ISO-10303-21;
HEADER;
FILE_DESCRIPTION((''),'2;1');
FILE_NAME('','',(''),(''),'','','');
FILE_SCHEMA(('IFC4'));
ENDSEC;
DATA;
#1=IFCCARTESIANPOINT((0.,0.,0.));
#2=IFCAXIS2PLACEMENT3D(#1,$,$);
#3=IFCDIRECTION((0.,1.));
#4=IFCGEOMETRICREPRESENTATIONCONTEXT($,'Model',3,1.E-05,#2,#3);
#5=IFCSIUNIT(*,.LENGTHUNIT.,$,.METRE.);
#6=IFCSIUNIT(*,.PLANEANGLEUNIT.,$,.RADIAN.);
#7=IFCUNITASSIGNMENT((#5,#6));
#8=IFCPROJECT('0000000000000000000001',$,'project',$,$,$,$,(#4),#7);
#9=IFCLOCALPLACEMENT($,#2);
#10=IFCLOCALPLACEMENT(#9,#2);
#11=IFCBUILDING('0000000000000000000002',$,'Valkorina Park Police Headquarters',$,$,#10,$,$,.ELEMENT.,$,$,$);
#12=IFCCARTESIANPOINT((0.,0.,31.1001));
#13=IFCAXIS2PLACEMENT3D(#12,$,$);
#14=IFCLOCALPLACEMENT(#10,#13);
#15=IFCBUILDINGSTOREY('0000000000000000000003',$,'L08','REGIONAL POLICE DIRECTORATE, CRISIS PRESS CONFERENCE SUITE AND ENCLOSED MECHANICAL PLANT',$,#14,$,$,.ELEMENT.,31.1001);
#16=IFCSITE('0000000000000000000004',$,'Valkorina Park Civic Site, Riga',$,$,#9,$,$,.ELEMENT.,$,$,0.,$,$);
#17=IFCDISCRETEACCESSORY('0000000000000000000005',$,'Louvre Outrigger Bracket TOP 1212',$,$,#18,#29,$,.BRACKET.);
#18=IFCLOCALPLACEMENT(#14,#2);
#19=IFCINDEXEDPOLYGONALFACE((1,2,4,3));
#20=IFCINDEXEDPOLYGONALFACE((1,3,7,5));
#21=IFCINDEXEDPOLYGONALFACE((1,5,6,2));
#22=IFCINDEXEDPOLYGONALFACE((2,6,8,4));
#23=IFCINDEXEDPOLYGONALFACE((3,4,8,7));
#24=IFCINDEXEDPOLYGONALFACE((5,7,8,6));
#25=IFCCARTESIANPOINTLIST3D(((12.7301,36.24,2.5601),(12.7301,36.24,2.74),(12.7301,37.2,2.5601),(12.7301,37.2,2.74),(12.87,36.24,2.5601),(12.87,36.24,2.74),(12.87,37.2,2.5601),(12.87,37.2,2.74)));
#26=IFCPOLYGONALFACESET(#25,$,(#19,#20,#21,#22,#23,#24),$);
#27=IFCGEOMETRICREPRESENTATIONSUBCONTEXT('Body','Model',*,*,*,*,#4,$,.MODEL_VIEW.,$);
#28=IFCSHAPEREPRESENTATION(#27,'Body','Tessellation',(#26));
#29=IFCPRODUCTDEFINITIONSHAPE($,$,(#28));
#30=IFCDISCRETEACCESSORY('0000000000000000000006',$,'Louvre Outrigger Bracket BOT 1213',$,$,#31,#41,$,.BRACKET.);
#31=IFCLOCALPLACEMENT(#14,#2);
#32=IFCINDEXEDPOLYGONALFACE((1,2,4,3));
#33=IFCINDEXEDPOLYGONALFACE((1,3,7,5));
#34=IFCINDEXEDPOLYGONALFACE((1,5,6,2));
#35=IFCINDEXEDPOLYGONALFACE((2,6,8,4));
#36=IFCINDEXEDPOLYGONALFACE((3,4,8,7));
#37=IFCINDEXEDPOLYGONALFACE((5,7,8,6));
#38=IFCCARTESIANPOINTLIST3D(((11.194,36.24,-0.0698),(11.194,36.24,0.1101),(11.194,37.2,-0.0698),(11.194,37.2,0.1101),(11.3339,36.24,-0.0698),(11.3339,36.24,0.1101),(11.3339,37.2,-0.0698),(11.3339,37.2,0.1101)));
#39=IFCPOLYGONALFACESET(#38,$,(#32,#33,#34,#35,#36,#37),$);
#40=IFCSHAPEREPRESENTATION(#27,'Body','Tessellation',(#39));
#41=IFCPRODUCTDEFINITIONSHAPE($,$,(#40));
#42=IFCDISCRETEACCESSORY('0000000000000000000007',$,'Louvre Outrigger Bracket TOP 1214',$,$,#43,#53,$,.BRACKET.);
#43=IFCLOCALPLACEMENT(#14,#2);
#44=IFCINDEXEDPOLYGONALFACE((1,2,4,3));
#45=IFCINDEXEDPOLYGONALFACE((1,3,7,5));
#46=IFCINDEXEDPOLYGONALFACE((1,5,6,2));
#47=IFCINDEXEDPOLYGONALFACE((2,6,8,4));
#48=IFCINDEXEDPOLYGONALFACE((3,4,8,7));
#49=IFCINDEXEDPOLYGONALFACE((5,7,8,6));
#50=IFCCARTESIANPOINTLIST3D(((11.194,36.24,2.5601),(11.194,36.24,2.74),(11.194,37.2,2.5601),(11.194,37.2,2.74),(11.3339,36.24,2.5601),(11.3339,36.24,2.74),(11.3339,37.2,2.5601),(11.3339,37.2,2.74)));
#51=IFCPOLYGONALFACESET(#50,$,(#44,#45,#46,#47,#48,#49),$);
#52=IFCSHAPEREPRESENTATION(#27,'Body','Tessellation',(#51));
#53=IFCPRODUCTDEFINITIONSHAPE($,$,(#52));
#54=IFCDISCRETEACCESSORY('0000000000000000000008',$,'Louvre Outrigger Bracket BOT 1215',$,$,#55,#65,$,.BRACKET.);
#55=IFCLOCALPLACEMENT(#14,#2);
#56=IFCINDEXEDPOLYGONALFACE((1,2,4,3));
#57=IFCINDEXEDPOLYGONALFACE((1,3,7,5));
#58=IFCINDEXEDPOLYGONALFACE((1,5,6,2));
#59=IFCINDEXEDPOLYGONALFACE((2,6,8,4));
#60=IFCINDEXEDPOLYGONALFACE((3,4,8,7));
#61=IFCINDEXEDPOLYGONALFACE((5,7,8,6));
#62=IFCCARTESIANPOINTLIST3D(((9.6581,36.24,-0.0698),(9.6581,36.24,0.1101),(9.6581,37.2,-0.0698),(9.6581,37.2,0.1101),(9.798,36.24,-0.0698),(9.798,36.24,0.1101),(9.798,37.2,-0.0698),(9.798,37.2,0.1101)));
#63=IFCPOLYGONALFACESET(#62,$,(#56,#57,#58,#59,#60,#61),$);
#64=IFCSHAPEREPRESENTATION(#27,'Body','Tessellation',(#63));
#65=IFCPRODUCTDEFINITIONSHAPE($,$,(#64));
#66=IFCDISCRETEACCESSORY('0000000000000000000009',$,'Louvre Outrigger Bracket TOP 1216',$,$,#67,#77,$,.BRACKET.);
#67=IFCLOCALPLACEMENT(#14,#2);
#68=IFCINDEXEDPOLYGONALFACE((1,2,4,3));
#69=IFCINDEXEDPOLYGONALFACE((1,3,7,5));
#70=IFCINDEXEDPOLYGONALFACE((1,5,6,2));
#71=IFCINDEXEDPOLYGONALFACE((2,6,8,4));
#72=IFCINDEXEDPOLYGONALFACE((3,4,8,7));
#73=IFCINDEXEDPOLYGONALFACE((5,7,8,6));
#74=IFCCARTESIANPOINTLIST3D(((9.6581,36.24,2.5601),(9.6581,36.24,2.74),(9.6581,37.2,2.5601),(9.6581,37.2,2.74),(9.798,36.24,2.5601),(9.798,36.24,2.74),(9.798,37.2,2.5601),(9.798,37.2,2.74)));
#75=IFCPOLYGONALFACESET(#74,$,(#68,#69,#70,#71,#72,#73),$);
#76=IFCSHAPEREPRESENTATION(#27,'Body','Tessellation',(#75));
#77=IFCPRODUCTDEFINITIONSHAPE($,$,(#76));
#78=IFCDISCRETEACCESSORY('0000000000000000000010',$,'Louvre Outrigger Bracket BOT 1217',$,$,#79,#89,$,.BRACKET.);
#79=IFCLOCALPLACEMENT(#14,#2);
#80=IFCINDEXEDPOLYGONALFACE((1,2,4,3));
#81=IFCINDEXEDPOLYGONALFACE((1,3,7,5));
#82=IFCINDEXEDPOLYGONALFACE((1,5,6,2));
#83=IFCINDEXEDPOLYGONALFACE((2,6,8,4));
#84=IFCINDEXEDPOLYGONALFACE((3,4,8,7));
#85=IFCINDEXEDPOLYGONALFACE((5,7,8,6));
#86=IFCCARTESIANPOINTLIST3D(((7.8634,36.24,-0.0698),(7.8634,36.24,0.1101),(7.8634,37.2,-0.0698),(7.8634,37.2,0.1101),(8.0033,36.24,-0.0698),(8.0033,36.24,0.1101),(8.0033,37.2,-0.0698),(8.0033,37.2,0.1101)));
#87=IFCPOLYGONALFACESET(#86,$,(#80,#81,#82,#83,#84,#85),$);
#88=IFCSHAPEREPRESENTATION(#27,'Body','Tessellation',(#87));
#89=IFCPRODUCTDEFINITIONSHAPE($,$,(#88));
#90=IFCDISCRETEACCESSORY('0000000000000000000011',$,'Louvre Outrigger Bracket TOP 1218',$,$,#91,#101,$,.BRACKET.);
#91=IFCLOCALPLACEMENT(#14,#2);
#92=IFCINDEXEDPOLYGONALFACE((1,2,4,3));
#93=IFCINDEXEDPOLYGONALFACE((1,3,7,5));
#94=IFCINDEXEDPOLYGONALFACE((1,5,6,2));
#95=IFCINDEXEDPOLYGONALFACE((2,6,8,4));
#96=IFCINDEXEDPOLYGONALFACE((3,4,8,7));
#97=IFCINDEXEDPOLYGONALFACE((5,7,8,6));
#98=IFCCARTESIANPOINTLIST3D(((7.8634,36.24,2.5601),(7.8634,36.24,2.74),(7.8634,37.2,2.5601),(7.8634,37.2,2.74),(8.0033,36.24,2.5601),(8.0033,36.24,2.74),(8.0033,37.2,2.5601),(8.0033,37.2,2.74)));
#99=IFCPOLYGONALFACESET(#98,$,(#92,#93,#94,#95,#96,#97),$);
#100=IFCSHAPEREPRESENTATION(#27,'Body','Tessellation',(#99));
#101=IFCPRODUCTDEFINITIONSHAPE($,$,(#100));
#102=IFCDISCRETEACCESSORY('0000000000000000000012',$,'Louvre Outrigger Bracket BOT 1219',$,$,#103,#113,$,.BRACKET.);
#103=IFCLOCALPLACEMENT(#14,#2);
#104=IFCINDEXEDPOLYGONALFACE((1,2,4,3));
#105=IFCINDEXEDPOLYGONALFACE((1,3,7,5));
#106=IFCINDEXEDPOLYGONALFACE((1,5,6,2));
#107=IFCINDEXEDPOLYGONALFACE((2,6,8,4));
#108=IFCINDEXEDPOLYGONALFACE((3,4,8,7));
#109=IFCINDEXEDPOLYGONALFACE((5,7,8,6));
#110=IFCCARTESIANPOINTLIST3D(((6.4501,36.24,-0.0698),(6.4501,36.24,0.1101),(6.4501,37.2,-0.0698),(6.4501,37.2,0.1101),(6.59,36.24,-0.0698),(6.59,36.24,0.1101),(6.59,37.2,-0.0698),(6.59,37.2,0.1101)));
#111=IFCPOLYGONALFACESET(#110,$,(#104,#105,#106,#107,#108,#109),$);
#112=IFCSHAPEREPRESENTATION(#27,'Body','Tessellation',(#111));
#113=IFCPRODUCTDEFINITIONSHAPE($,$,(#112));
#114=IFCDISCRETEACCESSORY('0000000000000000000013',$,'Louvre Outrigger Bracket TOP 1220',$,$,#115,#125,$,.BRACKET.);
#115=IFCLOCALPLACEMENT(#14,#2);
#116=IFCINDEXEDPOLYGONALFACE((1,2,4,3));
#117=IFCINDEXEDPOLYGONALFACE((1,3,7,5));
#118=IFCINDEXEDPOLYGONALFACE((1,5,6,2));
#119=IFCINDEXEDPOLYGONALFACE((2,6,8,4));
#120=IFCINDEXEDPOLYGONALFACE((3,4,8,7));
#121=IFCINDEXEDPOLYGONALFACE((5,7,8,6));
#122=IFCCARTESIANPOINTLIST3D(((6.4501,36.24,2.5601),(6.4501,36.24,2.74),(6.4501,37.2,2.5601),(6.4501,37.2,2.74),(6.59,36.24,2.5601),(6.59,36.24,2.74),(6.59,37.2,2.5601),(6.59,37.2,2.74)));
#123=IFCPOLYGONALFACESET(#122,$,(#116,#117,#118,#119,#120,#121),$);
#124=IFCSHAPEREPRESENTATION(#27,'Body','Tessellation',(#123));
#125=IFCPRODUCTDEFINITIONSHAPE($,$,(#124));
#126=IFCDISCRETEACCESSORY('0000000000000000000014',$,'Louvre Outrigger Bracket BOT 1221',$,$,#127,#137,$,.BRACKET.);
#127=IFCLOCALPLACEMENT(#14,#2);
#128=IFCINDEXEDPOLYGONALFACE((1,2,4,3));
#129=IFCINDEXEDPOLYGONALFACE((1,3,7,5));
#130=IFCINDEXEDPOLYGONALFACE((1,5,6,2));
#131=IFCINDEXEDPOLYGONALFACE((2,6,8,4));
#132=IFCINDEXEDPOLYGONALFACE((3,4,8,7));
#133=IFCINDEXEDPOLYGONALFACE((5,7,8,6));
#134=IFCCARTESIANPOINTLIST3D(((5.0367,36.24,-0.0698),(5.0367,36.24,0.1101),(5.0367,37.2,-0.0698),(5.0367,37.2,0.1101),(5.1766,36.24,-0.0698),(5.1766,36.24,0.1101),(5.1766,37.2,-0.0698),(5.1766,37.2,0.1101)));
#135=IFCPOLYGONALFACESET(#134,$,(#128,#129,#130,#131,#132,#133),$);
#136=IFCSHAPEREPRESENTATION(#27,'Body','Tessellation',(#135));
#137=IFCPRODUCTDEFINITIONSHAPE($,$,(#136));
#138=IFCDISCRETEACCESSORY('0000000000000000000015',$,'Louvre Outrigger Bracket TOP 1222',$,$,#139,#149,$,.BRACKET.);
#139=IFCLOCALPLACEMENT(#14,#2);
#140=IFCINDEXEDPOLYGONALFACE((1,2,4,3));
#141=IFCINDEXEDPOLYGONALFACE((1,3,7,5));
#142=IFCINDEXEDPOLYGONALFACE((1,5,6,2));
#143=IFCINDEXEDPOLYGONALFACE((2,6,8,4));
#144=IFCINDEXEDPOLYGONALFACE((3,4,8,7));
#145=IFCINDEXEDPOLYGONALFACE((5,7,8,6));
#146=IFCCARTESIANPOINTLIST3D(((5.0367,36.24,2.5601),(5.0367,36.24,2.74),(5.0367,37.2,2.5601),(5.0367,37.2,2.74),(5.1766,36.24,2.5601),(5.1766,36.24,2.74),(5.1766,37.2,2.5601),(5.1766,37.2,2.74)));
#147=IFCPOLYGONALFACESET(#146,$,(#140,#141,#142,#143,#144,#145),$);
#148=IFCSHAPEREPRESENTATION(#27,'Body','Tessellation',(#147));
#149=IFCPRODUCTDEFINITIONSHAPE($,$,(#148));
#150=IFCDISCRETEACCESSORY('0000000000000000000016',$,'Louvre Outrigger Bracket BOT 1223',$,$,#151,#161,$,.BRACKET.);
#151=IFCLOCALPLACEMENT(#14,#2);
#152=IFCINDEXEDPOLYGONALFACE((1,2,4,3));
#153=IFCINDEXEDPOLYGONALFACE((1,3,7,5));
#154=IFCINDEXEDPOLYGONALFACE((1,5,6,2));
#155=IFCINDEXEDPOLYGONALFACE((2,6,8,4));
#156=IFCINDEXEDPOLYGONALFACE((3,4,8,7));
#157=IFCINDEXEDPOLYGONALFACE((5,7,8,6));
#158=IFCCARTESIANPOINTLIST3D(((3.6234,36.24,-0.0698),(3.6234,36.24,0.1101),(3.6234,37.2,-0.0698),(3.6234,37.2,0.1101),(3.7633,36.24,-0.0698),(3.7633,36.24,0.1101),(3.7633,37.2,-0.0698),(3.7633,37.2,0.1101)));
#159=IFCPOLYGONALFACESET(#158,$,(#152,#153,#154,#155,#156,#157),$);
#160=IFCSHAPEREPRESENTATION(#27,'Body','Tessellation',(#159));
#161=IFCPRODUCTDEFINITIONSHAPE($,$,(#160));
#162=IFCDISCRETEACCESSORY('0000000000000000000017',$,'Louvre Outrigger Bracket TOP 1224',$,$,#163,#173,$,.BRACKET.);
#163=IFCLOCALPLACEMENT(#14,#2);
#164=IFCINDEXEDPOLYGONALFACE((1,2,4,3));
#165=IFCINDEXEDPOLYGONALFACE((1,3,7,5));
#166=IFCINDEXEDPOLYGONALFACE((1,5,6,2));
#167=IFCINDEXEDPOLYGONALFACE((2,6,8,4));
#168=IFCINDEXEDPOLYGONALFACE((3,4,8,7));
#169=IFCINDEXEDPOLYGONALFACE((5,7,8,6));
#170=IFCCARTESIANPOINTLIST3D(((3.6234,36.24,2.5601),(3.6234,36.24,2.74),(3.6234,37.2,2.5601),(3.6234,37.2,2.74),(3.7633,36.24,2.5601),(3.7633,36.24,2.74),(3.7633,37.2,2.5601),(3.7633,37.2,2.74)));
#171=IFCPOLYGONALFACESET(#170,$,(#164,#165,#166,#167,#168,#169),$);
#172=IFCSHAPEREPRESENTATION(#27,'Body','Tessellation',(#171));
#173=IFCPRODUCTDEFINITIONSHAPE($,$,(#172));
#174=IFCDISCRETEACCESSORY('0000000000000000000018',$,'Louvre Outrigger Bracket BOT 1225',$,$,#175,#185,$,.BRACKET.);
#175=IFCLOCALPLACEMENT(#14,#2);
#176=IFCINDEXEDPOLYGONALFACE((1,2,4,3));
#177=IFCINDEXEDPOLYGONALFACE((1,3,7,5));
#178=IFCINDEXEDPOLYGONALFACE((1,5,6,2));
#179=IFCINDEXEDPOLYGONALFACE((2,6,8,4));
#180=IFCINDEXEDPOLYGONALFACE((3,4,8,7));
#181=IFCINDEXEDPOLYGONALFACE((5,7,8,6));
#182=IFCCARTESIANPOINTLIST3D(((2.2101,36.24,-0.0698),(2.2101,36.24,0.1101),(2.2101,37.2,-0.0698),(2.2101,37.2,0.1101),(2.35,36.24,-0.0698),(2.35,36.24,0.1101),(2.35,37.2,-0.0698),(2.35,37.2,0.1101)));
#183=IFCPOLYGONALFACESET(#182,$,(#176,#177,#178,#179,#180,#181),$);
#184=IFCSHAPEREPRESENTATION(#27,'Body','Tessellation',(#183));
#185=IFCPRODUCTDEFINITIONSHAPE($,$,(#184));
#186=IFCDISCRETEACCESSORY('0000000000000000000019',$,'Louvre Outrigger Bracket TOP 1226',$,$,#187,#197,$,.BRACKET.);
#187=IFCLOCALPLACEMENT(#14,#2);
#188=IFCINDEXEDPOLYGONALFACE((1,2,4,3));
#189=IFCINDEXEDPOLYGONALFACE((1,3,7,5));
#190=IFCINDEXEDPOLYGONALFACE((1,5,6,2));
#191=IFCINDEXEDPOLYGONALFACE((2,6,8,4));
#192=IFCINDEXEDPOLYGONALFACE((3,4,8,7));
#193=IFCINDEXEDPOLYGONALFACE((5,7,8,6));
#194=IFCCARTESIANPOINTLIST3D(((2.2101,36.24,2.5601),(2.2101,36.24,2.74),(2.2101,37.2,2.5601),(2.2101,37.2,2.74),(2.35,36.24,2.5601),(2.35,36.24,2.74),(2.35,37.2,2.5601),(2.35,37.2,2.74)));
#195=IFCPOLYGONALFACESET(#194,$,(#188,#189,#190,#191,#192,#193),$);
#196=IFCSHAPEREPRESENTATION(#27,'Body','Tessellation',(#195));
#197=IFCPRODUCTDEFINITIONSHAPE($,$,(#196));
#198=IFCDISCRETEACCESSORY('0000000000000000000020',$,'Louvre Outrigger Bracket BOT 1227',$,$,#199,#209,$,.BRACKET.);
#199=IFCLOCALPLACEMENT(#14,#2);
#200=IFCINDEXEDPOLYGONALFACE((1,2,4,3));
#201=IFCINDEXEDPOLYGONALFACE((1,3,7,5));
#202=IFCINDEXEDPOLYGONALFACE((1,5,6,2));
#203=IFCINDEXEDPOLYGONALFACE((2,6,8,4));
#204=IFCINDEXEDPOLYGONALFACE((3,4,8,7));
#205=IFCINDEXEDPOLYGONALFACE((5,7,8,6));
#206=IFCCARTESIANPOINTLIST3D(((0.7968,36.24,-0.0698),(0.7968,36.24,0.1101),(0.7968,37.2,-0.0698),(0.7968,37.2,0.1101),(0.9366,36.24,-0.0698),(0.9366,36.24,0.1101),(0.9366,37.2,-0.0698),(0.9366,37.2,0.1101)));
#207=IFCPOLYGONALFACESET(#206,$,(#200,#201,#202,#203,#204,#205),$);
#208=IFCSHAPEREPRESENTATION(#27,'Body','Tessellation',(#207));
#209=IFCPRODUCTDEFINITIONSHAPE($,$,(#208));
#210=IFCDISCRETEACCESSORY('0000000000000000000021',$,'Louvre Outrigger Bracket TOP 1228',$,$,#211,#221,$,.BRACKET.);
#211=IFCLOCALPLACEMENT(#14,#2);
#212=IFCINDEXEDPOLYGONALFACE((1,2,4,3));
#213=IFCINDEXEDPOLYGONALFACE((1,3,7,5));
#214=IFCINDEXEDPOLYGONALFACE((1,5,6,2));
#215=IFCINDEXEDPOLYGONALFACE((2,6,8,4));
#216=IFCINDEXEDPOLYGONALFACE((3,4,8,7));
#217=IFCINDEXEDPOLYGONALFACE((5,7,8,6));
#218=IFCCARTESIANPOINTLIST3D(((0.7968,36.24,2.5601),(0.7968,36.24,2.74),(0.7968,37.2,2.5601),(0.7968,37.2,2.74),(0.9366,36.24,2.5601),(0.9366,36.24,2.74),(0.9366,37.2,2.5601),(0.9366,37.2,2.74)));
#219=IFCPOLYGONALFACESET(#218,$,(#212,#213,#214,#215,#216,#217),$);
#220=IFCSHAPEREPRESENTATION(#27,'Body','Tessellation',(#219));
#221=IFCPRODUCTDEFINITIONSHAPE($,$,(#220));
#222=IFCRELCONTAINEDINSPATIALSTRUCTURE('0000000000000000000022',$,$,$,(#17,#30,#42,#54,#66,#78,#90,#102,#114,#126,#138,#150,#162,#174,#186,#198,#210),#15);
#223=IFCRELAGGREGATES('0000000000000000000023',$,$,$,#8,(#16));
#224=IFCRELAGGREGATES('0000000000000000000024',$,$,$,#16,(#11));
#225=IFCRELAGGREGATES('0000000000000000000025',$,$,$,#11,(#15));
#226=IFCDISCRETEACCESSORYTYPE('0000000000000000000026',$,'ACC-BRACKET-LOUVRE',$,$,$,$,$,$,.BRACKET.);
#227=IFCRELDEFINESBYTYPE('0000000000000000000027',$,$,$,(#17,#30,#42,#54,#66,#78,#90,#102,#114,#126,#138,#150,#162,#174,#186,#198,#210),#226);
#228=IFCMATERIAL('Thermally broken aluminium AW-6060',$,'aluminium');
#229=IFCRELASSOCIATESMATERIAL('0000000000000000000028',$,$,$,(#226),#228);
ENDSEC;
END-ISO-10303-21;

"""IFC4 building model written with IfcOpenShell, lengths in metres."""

from ifc_helpers import new_model, si_unit, direction, frame, origin, origin_2d, place, context, subcontext, project, spatial, rectangle, extrude, material, type_object, element, save


model = new_model("IFC4")

# Units and contexts
model_context = context("Model", 3, precision=1e-05, world=origin(), true_north=direction((0.0, 1.0)))
body_context = subcontext(model_context, "Body", "Model", "MODEL_VIEW")
ifc_project = project(units=[si_unit("LENGTHUNIT", "METRE"), si_unit("PLANEANGLEUNIT", "RADIAN")], contexts=[model_context])

# Site, building, storey
site_placement = place(None, origin())
site = spatial("IfcSite", under=ifc_project, at=site_placement, Name="Valkorina Park Civic Site, Riga", CompositionType="ELEMENT", RefElevation=0.0)
building_placement = place(site_placement, origin())
building = spatial("IfcBuilding", under=site, at=building_placement, Name="Valkorina Park Police Headquarters", CompositionType="ELEMENT")
storey_placement = place(building_placement, frame((0.0, 0.0, 31.1001)))
storey = spatial("IfcBuildingStorey", under=building, at=storey_placement, Name="L08", Description="REGIONAL POLICE DIRECTORATE, CRISIS PRESS CONFERENCE SUITE AND ENCLOSED MECHANICAL PLANT", CompositionType="ELEMENT", Elevation=31.1001)

# Discrete accessories
ifc_material_1 = material(Name="Thermally broken aluminium AW-6060", Category="aluminium")
discrete_accessory_type = type_object("IfcDiscreteAccessoryType", Name="ACC-BRACKET-LOUVRE", PredefinedType="BRACKET", material=ifc_material_1)
for number, where, z_axis, x_axis, name in (
    (1, (12.8, 36.72, 2.5601), (0.0, 0.0, 1.0), (0.0, -1.0, 0.0), "Louvre Outrigger Bracket TOP 1212"),
    (2, (11.2639, 36.72, -0.0698), (0.0, 0.0, 1.0), (0.0, -1.0, 0.0), "Louvre Outrigger Bracket BOT 1213"),
    (3, (11.2639, 36.72, 2.5601), (0.0, 0.0, 1.0), (0.0, -1.0, 0.0), "Louvre Outrigger Bracket TOP 1214"),
    (4, (9.728, 36.72, -0.0698), (0.0, 0.0, 1.0), (0.0, -1.0, 0.0), "Louvre Outrigger Bracket BOT 1215"),
    (5, (9.728, 36.72, 2.5601), (0.0, 0.0, 1.0), (0.0, -1.0, 0.0), "Louvre Outrigger Bracket TOP 1216"),
    (6, (7.9333, 36.72, -0.0698), (0.0, 0.0, 1.0), (0.0, -1.0, 0.0), "Louvre Outrigger Bracket BOT 1217"),
    (7, (7.9333, 36.72, 2.5601), (0.0, 0.0, 1.0), (0.0, -1.0, 0.0), "Louvre Outrigger Bracket TOP 1218"),
    (8, (6.52, 36.72, -0.0698), (0.0, 0.0, 1.0), (0.0, -1.0, 0.0), "Louvre Outrigger Bracket BOT 1219"),
    (9, (6.52, 36.72, 2.5601), (0.0, 0.0, 1.0), (0.0, -1.0, 0.0), "Louvre Outrigger Bracket TOP 1220"),
    (10, (5.1067, 36.72, -0.0698), (0.0, 0.0, 1.0), (0.0, -1.0, 0.0), "Louvre Outrigger Bracket BOT 1221"),
    (11, (5.1067, 36.72, 2.5601), (0.0, 0.0, 1.0), (0.0, -1.0, 0.0), "Louvre Outrigger Bracket TOP 1222"),
    (12, (3.6934, 36.72, -0.0698), (0.0, 0.0, 1.0), (0.0, -1.0, 0.0), "Louvre Outrigger Bracket BOT 1223"),
    (13, (3.6934, 36.72, 2.5601), (0.0, 0.0, 1.0), (0.0, -1.0, 0.0), "Louvre Outrigger Bracket TOP 1224"),
    (14, (2.28, 36.72, -0.0698), (0.0, 0.0, 1.0), (0.0, -1.0, 0.0), "Louvre Outrigger Bracket BOT 1225"),
    (15, (2.28, 36.72, 2.5601), (0.0, 0.0, 1.0), (0.0, -1.0, 0.0), "Louvre Outrigger Bracket TOP 1226"),
    (16, (0.8667, 36.72, -0.0698), (0.0, 0.0, 1.0), (0.0, -1.0, 0.0), "Louvre Outrigger Bracket BOT 1227"),
    (17, (0.8667, 36.72, 2.5601), (0.0, 0.0, 1.0), (0.0, -1.0, 0.0), "Louvre Outrigger Bracket TOP 1228"),
):
    element("IfcDiscreteAccessory", number, at=place(storey_placement, frame(where, z_axis=z_axis, x_axis=x_axis)), inside=storey, type_object=discrete_accessory_type, Name=name, PredefinedType="BRACKET", context=body_context, shape_type="SweptSolid", body=[
        extrude(rectangle(XDim=0.96, YDim=0.1399, at=origin_2d()), origin(), (0.0, 0.0, 1.0), 0.1799),
    ])

save(model, "model.ifc")
